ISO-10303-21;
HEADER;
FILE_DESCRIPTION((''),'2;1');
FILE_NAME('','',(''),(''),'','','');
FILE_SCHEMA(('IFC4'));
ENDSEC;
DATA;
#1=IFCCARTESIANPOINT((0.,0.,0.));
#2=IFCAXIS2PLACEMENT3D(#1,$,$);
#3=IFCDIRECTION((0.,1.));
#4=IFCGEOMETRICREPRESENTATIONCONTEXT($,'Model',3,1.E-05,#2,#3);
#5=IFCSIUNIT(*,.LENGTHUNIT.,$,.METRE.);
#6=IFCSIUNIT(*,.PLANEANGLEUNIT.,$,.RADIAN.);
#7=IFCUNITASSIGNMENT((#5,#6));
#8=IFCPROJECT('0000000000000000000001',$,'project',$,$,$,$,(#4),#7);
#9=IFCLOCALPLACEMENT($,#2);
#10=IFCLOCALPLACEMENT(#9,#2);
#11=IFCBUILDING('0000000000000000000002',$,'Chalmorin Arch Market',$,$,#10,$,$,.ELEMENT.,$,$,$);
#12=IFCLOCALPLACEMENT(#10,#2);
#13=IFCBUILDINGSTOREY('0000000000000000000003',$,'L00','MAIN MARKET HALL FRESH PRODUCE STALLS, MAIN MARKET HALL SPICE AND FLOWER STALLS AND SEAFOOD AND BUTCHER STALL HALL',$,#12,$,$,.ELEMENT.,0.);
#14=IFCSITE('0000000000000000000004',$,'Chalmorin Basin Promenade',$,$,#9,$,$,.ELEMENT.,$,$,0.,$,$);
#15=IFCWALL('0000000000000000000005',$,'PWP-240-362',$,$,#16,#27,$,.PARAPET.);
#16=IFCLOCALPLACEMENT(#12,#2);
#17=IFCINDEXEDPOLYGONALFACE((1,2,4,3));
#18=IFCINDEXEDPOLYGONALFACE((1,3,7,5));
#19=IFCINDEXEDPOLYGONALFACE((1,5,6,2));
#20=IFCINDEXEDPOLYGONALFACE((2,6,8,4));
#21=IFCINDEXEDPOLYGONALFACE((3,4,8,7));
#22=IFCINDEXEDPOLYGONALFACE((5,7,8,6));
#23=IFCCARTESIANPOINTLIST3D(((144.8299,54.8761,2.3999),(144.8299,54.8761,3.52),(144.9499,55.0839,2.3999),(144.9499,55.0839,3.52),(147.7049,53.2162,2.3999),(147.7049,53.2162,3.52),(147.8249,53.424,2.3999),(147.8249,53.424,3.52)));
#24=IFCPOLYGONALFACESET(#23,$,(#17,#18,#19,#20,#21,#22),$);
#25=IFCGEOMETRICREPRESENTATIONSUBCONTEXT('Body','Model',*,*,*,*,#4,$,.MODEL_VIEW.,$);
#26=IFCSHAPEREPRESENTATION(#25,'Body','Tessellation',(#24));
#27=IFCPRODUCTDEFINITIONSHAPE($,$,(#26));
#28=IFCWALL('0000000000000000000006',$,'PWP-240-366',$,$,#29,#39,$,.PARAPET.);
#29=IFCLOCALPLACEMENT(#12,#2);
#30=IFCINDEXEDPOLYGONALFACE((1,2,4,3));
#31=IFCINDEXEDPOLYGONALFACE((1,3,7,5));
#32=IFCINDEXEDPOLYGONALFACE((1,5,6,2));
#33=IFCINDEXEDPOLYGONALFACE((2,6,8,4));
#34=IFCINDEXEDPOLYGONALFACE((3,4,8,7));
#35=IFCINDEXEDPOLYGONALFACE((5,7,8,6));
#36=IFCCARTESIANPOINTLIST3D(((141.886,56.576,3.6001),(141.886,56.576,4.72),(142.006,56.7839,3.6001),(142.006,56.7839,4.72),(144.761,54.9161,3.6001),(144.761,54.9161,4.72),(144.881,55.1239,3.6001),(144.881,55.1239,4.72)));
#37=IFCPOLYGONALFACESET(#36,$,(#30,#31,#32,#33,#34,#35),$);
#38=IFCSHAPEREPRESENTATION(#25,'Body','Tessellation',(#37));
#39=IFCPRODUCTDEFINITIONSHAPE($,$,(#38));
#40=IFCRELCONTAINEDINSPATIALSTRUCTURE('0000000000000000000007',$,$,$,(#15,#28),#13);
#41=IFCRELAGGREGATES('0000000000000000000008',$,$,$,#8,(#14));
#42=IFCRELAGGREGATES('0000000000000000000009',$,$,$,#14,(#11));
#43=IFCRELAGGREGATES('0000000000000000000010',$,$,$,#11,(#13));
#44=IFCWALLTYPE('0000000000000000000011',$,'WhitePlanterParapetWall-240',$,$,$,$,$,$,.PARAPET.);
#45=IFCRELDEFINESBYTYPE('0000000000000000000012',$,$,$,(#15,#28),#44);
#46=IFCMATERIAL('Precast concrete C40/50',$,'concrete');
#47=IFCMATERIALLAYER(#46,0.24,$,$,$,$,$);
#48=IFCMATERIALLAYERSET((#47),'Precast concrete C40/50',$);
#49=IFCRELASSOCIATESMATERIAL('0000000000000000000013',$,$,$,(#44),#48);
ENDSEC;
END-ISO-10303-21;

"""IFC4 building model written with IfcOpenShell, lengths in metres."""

from ifc_helpers import new_model, si_unit, direction, frame, frame_2d, origin, place, context, subcontext, project, spatial, rectangle, extrude, material, layer, layer_set, type_object, element, save


model = new_model("IFC4")

# Units and contexts
model_context = context("Model", 3, precision=1e-05, world=origin(), true_north=direction((0.0, 1.0)))
body_context = subcontext(model_context, "Body", "Model", "MODEL_VIEW")
ifc_project = project(units=[si_unit("LENGTHUNIT", "METRE"), si_unit("PLANEANGLEUNIT", "RADIAN")], contexts=[model_context])

# Site, building, storey
site_placement = place(None, origin())
site = spatial("IfcSite", under=ifc_project, at=site_placement, Name="Chalmorin Basin Promenade", CompositionType="ELEMENT", RefElevation=0.0)
building_placement = place(site_placement, origin())
building = spatial("IfcBuilding", under=site, at=building_placement, Name="Chalmorin Arch Market", CompositionType="ELEMENT")
storey_placement = place(building_placement, origin())
storey = spatial("IfcBuildingStorey", under=building, at=storey_placement, Name="L00", Description="MAIN MARKET HALL FRESH PRODUCE STALLS, MAIN MARKET HALL SPICE AND FLOWER STALLS AND SEAFOOD AND BUTCHER STALL HALL", CompositionType="ELEMENT", Elevation=0.0)

# Walls
ifc_material_1 = material(Name="Precast concrete C40/50", Category="concrete")
ifc_layer_1 = layer(ifc_material_1, 0.24)
ifc_layer_set_1 = layer_set([ifc_layer_1], Name="Precast concrete C40/50")
wall_type_1 = type_object("IfcWallType", Name="WhitePlanterParapetWall-240", PredefinedType="PARAPET", material=ifc_layer_set_1)
for number, where, z_axis, x_axis, name in (
    (1, (147.7649, 53.3201, 2.3999), (0.0, 0.0, 1.0), (-0.866021, 0.500007, 0.0), "PWP-240-362"),
):
    element("IfcWall", number, at=place(storey_placement, frame(where, z_axis=z_axis, x_axis=x_axis)), inside=storey, type_object=wall_type_1, Name=name, PredefinedType="PARAPET", context=body_context, shape_type="SweptSolid", body=[
        extrude(rectangle(XDim=3.3198, YDim=0.24, at=frame_2d((1.6599, 0.0))), origin(), (0.0, 0.0, 1.0), 1.1201),
    ])
wall_1_placement = place(storey_placement, frame((144.821, 55.02, 3.6001), z_axis=(0.0, 0.0, 1.0), x_axis=(-0.866021, 0.500007, 0.0)))
element("IfcWall", 2, at=wall_1_placement, inside=storey, type_object=wall_type_1, Name="PWP-240-366", PredefinedType="PARAPET", context=body_context, shape_type="SweptSolid", body=[
    extrude(rectangle(XDim=3.3198, YDim=0.24, at=frame_2d((1.6599, 0.0))), origin(), (0.0, 0.0, 1.0), 1.1199),
])

save(model, "model.ifc")
